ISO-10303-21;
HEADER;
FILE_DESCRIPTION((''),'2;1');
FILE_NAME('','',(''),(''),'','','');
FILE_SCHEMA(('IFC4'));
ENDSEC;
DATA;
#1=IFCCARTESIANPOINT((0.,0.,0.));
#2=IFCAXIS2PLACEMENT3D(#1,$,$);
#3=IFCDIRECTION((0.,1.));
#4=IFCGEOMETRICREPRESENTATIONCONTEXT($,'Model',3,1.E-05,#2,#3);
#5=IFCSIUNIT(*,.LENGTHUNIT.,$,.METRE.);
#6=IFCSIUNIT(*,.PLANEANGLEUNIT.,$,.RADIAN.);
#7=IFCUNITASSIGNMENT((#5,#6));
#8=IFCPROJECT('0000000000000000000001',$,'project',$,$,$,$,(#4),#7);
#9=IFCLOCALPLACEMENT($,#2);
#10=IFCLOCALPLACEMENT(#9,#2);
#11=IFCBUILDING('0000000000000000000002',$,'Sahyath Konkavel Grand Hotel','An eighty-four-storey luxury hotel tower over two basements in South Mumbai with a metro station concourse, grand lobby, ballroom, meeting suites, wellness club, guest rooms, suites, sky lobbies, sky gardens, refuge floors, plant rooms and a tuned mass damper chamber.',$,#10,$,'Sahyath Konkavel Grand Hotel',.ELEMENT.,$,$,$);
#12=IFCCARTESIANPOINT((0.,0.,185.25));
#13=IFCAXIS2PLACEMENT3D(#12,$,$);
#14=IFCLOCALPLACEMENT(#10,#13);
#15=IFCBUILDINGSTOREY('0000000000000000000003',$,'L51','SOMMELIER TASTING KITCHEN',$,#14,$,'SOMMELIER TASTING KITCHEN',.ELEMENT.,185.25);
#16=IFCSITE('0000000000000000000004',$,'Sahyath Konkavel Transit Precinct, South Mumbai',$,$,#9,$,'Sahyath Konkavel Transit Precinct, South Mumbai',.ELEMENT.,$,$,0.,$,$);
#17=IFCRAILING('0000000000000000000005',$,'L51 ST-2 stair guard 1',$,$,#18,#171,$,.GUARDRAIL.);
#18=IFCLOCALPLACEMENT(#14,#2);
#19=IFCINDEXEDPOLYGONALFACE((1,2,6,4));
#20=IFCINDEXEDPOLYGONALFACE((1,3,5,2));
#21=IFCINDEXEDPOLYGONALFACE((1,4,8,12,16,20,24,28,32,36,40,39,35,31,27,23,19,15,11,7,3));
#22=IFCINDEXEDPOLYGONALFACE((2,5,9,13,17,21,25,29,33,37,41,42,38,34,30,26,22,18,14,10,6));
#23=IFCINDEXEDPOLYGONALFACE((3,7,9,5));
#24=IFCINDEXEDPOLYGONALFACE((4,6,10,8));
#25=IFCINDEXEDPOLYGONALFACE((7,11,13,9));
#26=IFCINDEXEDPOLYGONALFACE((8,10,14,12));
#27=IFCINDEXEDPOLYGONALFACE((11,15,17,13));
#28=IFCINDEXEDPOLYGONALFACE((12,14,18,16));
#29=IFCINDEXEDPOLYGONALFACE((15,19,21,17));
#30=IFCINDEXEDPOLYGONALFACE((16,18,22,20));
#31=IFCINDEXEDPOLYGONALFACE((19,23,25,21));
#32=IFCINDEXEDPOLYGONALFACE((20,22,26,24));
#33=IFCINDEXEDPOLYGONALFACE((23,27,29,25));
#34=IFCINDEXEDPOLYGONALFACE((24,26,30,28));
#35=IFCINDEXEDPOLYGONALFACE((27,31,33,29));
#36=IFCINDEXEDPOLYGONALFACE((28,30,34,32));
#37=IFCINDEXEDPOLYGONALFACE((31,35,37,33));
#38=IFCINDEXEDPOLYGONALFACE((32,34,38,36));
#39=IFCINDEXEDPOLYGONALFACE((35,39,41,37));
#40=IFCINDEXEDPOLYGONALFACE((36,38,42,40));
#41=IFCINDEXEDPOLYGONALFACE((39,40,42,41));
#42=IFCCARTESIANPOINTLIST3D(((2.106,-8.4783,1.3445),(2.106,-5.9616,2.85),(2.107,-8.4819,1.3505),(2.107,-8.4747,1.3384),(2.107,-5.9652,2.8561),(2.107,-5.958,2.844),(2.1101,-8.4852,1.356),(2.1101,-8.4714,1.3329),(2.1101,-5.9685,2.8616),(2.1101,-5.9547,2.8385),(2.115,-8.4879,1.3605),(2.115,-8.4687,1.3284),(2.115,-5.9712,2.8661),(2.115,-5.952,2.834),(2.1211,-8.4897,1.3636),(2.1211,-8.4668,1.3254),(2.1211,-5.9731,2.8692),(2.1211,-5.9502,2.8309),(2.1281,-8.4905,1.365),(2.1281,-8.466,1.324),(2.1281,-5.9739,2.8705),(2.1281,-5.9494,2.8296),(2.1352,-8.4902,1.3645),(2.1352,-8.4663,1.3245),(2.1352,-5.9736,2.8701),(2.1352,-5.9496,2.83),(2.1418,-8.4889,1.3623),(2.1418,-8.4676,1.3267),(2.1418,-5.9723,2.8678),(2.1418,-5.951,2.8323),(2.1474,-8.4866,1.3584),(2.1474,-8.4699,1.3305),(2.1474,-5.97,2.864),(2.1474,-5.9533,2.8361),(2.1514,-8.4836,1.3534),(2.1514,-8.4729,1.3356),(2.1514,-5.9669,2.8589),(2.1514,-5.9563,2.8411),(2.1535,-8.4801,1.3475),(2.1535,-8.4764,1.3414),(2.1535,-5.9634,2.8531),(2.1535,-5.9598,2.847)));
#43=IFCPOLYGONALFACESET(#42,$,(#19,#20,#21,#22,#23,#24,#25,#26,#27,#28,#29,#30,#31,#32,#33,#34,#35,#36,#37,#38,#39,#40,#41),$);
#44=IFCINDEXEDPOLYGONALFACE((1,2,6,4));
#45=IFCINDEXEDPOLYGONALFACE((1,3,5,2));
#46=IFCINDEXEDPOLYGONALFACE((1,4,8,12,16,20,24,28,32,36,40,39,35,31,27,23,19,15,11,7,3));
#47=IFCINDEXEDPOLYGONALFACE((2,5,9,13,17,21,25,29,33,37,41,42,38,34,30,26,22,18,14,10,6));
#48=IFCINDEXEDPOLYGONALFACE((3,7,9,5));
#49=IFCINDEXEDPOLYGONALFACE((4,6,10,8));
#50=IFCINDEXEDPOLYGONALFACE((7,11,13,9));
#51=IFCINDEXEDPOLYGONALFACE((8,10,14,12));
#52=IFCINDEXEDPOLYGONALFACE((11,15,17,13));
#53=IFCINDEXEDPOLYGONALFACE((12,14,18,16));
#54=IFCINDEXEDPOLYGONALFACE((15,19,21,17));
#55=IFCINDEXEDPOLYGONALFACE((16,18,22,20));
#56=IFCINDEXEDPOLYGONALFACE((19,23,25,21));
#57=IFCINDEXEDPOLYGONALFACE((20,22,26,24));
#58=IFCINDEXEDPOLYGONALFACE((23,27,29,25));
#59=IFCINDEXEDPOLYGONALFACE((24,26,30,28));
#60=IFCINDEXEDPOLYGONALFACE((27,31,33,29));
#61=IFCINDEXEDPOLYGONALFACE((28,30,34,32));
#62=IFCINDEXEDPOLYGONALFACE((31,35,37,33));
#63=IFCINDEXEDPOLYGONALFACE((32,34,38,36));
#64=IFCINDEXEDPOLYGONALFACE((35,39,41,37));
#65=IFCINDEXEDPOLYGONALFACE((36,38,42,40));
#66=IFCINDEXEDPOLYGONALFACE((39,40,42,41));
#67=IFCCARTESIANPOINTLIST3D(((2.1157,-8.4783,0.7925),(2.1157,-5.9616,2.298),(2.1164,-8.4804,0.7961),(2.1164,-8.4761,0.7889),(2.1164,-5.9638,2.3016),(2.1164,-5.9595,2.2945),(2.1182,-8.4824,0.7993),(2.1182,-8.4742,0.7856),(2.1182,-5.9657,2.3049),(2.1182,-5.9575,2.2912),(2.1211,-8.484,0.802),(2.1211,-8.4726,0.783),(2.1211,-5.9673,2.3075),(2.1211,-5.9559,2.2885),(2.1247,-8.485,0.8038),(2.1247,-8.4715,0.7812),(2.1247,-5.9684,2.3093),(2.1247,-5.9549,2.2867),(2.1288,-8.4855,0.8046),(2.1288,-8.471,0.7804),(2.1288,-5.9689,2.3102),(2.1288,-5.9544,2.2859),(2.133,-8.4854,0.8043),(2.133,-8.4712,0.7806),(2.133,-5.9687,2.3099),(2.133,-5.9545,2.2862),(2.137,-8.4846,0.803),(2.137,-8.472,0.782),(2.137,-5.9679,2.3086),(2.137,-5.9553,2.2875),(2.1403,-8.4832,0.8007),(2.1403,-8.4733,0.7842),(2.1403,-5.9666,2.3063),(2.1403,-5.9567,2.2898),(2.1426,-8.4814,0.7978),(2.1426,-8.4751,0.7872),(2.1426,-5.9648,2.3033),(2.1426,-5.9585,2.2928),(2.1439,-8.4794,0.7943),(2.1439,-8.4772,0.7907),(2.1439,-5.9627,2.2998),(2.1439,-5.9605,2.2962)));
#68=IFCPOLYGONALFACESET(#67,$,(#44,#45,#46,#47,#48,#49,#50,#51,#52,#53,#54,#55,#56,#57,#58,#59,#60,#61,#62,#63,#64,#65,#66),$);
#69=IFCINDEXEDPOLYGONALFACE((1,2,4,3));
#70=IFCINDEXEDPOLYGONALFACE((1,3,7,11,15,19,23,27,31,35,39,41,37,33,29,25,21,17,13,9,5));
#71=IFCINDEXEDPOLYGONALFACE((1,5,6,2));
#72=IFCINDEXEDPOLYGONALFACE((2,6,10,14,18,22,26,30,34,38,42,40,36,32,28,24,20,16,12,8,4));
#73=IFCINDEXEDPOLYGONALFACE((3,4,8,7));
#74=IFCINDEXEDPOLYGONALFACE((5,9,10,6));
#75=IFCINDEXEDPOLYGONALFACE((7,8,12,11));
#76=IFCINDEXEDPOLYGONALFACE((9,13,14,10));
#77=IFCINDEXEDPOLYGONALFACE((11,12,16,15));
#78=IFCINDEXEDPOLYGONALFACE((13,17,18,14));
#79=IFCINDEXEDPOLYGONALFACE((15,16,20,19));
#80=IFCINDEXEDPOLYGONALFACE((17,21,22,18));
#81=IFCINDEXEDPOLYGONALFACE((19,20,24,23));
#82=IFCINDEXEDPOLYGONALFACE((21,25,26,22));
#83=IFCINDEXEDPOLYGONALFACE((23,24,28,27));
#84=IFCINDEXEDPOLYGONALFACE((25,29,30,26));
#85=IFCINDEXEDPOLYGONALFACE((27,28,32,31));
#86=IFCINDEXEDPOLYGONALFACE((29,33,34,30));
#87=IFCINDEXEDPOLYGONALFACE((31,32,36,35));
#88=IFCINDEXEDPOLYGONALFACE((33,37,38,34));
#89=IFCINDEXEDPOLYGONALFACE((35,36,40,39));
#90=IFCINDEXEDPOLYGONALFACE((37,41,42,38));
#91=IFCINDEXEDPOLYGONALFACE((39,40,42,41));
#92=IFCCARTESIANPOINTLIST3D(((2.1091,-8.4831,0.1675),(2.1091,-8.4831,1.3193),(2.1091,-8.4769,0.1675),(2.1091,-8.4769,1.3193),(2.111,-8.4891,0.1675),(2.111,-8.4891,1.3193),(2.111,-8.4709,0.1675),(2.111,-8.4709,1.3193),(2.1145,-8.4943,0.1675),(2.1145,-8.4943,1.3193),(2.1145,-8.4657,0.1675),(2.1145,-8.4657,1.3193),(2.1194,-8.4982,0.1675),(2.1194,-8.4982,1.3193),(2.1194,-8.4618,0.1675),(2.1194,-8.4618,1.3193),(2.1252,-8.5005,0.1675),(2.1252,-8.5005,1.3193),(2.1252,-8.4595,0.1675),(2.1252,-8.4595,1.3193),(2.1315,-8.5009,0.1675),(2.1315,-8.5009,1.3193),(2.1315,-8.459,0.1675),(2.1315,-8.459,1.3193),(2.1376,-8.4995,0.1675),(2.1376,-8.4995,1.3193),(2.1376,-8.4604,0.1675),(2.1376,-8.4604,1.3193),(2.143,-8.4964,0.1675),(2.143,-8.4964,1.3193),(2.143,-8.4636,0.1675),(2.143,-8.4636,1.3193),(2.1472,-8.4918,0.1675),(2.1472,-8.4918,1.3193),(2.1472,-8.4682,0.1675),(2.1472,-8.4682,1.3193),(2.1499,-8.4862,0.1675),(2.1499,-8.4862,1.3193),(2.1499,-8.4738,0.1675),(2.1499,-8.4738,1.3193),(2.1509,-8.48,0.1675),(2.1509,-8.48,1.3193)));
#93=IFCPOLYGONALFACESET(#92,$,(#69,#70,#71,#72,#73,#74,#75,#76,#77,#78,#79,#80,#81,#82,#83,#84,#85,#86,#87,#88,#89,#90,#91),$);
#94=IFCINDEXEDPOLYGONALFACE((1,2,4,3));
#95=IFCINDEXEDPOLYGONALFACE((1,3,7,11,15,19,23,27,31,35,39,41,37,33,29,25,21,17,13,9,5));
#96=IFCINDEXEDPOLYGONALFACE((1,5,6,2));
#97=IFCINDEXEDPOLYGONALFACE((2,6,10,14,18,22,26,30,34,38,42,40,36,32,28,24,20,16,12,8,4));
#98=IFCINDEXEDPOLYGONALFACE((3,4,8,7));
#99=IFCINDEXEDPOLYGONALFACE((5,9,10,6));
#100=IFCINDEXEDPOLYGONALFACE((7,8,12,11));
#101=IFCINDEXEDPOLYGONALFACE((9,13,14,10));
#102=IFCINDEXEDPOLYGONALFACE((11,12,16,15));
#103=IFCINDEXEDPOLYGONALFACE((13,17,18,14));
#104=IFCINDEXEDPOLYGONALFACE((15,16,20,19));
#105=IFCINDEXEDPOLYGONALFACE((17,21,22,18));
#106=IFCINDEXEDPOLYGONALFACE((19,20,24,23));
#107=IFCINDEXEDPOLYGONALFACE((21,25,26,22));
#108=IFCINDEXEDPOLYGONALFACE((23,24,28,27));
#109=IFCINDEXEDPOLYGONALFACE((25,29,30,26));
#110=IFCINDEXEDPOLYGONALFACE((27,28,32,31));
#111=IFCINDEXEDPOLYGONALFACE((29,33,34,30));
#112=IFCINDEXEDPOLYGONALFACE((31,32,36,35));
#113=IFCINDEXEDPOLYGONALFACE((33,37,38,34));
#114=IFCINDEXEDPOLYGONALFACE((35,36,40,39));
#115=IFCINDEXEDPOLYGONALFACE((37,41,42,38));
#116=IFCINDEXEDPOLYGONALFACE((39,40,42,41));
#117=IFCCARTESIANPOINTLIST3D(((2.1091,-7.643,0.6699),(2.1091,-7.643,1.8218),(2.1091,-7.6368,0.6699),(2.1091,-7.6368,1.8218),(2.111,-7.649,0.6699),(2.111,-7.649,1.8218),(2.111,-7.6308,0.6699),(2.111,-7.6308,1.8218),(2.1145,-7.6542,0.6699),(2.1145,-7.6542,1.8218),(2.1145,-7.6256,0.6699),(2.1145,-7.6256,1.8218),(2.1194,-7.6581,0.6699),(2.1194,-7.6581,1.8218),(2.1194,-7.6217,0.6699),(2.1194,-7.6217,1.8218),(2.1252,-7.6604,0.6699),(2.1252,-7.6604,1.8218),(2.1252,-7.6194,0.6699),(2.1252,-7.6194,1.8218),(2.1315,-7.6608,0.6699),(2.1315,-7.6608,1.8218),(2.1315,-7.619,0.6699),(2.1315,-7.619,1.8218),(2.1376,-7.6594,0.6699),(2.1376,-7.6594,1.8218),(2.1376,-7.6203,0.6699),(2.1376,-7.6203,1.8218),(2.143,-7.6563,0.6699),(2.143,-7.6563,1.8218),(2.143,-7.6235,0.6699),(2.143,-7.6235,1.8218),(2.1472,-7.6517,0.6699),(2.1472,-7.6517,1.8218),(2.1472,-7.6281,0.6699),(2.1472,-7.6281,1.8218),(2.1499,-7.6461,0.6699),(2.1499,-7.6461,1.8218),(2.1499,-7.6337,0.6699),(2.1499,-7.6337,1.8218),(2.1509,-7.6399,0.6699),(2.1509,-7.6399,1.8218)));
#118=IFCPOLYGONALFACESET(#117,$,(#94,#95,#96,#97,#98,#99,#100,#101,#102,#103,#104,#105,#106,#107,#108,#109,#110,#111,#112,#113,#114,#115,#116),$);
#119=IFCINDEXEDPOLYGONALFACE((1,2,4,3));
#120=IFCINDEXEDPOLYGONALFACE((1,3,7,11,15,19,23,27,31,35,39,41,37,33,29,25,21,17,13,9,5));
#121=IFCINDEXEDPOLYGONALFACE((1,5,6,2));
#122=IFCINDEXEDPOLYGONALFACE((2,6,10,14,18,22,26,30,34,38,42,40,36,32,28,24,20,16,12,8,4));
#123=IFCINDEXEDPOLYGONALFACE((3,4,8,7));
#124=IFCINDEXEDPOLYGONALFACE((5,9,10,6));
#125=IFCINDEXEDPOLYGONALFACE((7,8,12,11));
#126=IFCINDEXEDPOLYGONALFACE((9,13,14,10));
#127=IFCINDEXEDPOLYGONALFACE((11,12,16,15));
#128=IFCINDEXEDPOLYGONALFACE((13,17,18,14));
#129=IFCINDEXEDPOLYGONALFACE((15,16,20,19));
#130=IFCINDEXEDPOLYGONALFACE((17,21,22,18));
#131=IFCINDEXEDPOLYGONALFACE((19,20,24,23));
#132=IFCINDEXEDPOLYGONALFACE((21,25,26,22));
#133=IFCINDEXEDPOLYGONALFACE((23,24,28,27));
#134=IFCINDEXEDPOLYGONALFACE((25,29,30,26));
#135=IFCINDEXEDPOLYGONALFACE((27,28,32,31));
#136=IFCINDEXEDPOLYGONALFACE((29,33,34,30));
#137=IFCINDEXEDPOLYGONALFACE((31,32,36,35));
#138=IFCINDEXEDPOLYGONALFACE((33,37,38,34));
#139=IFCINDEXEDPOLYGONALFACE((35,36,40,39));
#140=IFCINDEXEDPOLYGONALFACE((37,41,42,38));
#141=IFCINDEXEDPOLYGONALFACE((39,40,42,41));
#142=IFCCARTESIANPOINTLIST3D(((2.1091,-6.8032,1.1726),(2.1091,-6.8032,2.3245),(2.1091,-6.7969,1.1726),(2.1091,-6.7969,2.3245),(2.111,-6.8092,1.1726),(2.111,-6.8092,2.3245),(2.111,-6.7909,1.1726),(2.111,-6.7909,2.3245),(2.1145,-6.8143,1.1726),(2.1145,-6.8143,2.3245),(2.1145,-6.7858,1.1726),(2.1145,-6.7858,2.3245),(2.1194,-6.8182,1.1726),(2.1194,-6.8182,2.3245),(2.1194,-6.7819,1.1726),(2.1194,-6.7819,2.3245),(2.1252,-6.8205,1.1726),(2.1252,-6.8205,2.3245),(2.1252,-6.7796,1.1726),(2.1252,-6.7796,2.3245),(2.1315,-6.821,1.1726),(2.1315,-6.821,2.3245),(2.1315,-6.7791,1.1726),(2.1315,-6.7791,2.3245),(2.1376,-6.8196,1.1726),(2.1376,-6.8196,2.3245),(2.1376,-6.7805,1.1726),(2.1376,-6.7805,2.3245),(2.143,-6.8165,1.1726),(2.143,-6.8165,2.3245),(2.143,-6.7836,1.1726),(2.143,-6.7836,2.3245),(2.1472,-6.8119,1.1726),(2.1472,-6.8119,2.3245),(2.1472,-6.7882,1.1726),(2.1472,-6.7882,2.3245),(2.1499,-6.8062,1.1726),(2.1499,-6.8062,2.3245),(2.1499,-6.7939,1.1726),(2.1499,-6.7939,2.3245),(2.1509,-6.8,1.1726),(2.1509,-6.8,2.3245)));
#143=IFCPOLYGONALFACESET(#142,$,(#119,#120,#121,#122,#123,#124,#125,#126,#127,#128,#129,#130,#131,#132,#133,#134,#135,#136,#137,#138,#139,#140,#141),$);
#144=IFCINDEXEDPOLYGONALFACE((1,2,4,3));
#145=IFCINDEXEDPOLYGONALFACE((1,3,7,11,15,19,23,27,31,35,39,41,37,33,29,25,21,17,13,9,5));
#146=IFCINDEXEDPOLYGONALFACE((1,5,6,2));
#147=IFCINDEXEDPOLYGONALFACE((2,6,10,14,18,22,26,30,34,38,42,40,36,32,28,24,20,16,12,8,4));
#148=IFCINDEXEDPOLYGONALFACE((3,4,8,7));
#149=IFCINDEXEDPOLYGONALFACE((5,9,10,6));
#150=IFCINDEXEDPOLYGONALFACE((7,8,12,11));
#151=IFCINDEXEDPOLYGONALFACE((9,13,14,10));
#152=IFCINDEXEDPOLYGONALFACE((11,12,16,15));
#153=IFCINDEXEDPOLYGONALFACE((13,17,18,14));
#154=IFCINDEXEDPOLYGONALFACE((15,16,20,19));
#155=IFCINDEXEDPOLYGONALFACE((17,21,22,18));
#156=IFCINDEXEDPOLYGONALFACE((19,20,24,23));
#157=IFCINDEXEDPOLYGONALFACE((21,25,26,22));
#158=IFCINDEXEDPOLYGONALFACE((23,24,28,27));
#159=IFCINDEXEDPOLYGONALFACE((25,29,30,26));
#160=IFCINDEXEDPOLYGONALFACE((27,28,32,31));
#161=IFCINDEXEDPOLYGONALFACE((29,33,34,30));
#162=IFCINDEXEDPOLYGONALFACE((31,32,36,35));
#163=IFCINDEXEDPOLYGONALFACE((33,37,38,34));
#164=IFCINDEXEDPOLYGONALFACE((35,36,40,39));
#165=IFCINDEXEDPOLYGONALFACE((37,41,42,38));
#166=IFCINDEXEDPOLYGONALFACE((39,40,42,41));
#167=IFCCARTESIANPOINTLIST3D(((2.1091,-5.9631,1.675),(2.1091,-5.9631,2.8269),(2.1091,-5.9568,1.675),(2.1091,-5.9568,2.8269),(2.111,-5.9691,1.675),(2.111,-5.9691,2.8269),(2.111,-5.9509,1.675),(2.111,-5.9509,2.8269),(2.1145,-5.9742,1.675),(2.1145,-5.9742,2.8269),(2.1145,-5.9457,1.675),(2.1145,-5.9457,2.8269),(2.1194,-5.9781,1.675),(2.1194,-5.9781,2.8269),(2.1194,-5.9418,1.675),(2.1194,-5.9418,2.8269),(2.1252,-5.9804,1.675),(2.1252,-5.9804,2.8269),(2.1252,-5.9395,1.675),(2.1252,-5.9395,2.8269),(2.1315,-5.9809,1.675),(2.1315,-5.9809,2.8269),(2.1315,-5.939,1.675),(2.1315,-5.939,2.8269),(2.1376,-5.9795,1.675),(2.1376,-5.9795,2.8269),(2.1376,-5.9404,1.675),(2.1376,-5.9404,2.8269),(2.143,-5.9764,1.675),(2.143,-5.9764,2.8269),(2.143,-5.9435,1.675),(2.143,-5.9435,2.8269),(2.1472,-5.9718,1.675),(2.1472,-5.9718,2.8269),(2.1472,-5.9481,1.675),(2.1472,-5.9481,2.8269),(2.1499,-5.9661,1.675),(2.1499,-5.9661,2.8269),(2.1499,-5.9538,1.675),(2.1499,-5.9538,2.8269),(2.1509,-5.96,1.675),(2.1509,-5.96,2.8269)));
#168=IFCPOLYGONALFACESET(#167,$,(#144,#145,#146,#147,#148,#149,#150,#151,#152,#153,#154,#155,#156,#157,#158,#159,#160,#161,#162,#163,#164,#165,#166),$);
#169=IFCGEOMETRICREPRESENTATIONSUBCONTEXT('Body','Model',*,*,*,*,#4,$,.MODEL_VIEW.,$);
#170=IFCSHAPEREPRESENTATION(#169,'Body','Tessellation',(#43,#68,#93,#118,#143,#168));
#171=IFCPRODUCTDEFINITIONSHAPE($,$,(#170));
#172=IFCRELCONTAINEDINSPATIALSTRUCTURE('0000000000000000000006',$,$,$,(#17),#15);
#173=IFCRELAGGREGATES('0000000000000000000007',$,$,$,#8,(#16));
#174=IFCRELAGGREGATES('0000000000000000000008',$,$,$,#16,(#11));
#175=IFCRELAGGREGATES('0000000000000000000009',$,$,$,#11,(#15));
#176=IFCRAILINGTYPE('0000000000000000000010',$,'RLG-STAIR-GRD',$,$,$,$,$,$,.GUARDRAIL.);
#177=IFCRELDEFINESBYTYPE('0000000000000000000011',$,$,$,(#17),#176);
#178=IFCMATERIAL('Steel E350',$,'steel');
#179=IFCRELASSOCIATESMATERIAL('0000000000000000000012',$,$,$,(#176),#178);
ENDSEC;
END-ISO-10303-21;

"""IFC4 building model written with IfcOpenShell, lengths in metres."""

from ifc_helpers import new_model, si_unit, direction, frame, origin, origin_2d, place, context, subcontext, project, spatial, circle, extrude, material, type_object, element, save


model = new_model("IFC4")

# Units and contexts
model_context = context("Model", 3, precision=1e-05, world=origin(), true_north=direction((0.0, 1.0)))
body_context = subcontext(model_context, "Body", "Model", "MODEL_VIEW")
ifc_project = project(units=[si_unit("LENGTHUNIT", "METRE"), si_unit("PLANEANGLEUNIT", "RADIAN")], contexts=[model_context])

# Site, building, storey
site_placement = place(None, origin())
site = spatial("IfcSite", under=ifc_project, at=site_placement, Name="Sahyath Konkavel Transit Precinct, South Mumbai", LongName="Sahyath Konkavel Transit Precinct, South Mumbai", CompositionType="ELEMENT", RefElevation=0.0)
building_placement = place(site_placement, origin())
building = spatial("IfcBuilding", under=site, at=building_placement, Name="Sahyath Konkavel Grand Hotel", Description="An eighty-four-storey luxury hotel tower over two basements in South Mumbai with a metro station concourse, grand lobby, ballroom, meeting suites, wellness club, guest rooms, suites, sky lobbies, sky gardens, refuge floors, plant rooms and a tuned mass damper chamber.", LongName="Sahyath Konkavel Grand Hotel", CompositionType="ELEMENT")
storey_placement = place(building_placement, frame((0.0, 0.0, 185.25)))
storey = spatial("IfcBuildingStorey", under=building, at=storey_placement, Name="L51", Description="SOMMELIER TASTING KITCHEN", LongName="SOMMELIER TASTING KITCHEN", CompositionType="ELEMENT", Elevation=185.25)

# Shared definitions
ifc_material_1 = material(Name="Steel E350", Category="steel")

# Railing
railing_type_1 = type_object("IfcRailingType", Name="RLG-STAIR-GRD", PredefinedType="GUARDRAIL", material=ifc_material_1)
railing_1_placement = place(storey_placement, frame((2.1299, -8.48, 0.1675)))
element("IfcRailing", 1, at=railing_1_placement, inside=storey, type_object=railing_type_1, Name="L51 ST-2 stair guard 1", PredefinedType="GUARDRAIL", context=body_context, shape_type="SweptSolid", body=[
    extrude(circle(Radius=0.0239, at=origin_2d()), frame((0.0, 0.0017, 1.177), z_axis=(0.0, 0.85816, 0.513383), x_axis=(-1.0, 0.0, 0.0)), (0.0, 0.0, 1.0), 2.9326),
    extrude(circle(Radius=0.0142, at=origin_2d()), frame((0.0, 0.0017, 0.625), z_axis=(0.0, 0.85816, 0.513383), x_axis=(-1.0, 0.0, 0.0)), (0.0, 0.0, 1.0), 2.9326),
    extrude(circle(Radius=0.021, at=origin_2d()), origin(), (0.0, 0.0, 1.0), 1.1519),
    extrude(circle(Radius=0.021, at=origin_2d()), frame((0.0, 0.8401, 0.5024)), (0.0, 0.0, 1.0), 1.1519),
    extrude(circle(Radius=0.021, at=origin_2d()), frame((0.0, 1.6799, 1.0051)), (0.0, 0.0, 1.0), 1.1519),
    extrude(circle(Radius=0.021, at=origin_2d()), frame((0.0, 2.52, 1.5076)), (0.0, 0.0, 1.0), 1.1519),
])

save(model, "model.ifc")
